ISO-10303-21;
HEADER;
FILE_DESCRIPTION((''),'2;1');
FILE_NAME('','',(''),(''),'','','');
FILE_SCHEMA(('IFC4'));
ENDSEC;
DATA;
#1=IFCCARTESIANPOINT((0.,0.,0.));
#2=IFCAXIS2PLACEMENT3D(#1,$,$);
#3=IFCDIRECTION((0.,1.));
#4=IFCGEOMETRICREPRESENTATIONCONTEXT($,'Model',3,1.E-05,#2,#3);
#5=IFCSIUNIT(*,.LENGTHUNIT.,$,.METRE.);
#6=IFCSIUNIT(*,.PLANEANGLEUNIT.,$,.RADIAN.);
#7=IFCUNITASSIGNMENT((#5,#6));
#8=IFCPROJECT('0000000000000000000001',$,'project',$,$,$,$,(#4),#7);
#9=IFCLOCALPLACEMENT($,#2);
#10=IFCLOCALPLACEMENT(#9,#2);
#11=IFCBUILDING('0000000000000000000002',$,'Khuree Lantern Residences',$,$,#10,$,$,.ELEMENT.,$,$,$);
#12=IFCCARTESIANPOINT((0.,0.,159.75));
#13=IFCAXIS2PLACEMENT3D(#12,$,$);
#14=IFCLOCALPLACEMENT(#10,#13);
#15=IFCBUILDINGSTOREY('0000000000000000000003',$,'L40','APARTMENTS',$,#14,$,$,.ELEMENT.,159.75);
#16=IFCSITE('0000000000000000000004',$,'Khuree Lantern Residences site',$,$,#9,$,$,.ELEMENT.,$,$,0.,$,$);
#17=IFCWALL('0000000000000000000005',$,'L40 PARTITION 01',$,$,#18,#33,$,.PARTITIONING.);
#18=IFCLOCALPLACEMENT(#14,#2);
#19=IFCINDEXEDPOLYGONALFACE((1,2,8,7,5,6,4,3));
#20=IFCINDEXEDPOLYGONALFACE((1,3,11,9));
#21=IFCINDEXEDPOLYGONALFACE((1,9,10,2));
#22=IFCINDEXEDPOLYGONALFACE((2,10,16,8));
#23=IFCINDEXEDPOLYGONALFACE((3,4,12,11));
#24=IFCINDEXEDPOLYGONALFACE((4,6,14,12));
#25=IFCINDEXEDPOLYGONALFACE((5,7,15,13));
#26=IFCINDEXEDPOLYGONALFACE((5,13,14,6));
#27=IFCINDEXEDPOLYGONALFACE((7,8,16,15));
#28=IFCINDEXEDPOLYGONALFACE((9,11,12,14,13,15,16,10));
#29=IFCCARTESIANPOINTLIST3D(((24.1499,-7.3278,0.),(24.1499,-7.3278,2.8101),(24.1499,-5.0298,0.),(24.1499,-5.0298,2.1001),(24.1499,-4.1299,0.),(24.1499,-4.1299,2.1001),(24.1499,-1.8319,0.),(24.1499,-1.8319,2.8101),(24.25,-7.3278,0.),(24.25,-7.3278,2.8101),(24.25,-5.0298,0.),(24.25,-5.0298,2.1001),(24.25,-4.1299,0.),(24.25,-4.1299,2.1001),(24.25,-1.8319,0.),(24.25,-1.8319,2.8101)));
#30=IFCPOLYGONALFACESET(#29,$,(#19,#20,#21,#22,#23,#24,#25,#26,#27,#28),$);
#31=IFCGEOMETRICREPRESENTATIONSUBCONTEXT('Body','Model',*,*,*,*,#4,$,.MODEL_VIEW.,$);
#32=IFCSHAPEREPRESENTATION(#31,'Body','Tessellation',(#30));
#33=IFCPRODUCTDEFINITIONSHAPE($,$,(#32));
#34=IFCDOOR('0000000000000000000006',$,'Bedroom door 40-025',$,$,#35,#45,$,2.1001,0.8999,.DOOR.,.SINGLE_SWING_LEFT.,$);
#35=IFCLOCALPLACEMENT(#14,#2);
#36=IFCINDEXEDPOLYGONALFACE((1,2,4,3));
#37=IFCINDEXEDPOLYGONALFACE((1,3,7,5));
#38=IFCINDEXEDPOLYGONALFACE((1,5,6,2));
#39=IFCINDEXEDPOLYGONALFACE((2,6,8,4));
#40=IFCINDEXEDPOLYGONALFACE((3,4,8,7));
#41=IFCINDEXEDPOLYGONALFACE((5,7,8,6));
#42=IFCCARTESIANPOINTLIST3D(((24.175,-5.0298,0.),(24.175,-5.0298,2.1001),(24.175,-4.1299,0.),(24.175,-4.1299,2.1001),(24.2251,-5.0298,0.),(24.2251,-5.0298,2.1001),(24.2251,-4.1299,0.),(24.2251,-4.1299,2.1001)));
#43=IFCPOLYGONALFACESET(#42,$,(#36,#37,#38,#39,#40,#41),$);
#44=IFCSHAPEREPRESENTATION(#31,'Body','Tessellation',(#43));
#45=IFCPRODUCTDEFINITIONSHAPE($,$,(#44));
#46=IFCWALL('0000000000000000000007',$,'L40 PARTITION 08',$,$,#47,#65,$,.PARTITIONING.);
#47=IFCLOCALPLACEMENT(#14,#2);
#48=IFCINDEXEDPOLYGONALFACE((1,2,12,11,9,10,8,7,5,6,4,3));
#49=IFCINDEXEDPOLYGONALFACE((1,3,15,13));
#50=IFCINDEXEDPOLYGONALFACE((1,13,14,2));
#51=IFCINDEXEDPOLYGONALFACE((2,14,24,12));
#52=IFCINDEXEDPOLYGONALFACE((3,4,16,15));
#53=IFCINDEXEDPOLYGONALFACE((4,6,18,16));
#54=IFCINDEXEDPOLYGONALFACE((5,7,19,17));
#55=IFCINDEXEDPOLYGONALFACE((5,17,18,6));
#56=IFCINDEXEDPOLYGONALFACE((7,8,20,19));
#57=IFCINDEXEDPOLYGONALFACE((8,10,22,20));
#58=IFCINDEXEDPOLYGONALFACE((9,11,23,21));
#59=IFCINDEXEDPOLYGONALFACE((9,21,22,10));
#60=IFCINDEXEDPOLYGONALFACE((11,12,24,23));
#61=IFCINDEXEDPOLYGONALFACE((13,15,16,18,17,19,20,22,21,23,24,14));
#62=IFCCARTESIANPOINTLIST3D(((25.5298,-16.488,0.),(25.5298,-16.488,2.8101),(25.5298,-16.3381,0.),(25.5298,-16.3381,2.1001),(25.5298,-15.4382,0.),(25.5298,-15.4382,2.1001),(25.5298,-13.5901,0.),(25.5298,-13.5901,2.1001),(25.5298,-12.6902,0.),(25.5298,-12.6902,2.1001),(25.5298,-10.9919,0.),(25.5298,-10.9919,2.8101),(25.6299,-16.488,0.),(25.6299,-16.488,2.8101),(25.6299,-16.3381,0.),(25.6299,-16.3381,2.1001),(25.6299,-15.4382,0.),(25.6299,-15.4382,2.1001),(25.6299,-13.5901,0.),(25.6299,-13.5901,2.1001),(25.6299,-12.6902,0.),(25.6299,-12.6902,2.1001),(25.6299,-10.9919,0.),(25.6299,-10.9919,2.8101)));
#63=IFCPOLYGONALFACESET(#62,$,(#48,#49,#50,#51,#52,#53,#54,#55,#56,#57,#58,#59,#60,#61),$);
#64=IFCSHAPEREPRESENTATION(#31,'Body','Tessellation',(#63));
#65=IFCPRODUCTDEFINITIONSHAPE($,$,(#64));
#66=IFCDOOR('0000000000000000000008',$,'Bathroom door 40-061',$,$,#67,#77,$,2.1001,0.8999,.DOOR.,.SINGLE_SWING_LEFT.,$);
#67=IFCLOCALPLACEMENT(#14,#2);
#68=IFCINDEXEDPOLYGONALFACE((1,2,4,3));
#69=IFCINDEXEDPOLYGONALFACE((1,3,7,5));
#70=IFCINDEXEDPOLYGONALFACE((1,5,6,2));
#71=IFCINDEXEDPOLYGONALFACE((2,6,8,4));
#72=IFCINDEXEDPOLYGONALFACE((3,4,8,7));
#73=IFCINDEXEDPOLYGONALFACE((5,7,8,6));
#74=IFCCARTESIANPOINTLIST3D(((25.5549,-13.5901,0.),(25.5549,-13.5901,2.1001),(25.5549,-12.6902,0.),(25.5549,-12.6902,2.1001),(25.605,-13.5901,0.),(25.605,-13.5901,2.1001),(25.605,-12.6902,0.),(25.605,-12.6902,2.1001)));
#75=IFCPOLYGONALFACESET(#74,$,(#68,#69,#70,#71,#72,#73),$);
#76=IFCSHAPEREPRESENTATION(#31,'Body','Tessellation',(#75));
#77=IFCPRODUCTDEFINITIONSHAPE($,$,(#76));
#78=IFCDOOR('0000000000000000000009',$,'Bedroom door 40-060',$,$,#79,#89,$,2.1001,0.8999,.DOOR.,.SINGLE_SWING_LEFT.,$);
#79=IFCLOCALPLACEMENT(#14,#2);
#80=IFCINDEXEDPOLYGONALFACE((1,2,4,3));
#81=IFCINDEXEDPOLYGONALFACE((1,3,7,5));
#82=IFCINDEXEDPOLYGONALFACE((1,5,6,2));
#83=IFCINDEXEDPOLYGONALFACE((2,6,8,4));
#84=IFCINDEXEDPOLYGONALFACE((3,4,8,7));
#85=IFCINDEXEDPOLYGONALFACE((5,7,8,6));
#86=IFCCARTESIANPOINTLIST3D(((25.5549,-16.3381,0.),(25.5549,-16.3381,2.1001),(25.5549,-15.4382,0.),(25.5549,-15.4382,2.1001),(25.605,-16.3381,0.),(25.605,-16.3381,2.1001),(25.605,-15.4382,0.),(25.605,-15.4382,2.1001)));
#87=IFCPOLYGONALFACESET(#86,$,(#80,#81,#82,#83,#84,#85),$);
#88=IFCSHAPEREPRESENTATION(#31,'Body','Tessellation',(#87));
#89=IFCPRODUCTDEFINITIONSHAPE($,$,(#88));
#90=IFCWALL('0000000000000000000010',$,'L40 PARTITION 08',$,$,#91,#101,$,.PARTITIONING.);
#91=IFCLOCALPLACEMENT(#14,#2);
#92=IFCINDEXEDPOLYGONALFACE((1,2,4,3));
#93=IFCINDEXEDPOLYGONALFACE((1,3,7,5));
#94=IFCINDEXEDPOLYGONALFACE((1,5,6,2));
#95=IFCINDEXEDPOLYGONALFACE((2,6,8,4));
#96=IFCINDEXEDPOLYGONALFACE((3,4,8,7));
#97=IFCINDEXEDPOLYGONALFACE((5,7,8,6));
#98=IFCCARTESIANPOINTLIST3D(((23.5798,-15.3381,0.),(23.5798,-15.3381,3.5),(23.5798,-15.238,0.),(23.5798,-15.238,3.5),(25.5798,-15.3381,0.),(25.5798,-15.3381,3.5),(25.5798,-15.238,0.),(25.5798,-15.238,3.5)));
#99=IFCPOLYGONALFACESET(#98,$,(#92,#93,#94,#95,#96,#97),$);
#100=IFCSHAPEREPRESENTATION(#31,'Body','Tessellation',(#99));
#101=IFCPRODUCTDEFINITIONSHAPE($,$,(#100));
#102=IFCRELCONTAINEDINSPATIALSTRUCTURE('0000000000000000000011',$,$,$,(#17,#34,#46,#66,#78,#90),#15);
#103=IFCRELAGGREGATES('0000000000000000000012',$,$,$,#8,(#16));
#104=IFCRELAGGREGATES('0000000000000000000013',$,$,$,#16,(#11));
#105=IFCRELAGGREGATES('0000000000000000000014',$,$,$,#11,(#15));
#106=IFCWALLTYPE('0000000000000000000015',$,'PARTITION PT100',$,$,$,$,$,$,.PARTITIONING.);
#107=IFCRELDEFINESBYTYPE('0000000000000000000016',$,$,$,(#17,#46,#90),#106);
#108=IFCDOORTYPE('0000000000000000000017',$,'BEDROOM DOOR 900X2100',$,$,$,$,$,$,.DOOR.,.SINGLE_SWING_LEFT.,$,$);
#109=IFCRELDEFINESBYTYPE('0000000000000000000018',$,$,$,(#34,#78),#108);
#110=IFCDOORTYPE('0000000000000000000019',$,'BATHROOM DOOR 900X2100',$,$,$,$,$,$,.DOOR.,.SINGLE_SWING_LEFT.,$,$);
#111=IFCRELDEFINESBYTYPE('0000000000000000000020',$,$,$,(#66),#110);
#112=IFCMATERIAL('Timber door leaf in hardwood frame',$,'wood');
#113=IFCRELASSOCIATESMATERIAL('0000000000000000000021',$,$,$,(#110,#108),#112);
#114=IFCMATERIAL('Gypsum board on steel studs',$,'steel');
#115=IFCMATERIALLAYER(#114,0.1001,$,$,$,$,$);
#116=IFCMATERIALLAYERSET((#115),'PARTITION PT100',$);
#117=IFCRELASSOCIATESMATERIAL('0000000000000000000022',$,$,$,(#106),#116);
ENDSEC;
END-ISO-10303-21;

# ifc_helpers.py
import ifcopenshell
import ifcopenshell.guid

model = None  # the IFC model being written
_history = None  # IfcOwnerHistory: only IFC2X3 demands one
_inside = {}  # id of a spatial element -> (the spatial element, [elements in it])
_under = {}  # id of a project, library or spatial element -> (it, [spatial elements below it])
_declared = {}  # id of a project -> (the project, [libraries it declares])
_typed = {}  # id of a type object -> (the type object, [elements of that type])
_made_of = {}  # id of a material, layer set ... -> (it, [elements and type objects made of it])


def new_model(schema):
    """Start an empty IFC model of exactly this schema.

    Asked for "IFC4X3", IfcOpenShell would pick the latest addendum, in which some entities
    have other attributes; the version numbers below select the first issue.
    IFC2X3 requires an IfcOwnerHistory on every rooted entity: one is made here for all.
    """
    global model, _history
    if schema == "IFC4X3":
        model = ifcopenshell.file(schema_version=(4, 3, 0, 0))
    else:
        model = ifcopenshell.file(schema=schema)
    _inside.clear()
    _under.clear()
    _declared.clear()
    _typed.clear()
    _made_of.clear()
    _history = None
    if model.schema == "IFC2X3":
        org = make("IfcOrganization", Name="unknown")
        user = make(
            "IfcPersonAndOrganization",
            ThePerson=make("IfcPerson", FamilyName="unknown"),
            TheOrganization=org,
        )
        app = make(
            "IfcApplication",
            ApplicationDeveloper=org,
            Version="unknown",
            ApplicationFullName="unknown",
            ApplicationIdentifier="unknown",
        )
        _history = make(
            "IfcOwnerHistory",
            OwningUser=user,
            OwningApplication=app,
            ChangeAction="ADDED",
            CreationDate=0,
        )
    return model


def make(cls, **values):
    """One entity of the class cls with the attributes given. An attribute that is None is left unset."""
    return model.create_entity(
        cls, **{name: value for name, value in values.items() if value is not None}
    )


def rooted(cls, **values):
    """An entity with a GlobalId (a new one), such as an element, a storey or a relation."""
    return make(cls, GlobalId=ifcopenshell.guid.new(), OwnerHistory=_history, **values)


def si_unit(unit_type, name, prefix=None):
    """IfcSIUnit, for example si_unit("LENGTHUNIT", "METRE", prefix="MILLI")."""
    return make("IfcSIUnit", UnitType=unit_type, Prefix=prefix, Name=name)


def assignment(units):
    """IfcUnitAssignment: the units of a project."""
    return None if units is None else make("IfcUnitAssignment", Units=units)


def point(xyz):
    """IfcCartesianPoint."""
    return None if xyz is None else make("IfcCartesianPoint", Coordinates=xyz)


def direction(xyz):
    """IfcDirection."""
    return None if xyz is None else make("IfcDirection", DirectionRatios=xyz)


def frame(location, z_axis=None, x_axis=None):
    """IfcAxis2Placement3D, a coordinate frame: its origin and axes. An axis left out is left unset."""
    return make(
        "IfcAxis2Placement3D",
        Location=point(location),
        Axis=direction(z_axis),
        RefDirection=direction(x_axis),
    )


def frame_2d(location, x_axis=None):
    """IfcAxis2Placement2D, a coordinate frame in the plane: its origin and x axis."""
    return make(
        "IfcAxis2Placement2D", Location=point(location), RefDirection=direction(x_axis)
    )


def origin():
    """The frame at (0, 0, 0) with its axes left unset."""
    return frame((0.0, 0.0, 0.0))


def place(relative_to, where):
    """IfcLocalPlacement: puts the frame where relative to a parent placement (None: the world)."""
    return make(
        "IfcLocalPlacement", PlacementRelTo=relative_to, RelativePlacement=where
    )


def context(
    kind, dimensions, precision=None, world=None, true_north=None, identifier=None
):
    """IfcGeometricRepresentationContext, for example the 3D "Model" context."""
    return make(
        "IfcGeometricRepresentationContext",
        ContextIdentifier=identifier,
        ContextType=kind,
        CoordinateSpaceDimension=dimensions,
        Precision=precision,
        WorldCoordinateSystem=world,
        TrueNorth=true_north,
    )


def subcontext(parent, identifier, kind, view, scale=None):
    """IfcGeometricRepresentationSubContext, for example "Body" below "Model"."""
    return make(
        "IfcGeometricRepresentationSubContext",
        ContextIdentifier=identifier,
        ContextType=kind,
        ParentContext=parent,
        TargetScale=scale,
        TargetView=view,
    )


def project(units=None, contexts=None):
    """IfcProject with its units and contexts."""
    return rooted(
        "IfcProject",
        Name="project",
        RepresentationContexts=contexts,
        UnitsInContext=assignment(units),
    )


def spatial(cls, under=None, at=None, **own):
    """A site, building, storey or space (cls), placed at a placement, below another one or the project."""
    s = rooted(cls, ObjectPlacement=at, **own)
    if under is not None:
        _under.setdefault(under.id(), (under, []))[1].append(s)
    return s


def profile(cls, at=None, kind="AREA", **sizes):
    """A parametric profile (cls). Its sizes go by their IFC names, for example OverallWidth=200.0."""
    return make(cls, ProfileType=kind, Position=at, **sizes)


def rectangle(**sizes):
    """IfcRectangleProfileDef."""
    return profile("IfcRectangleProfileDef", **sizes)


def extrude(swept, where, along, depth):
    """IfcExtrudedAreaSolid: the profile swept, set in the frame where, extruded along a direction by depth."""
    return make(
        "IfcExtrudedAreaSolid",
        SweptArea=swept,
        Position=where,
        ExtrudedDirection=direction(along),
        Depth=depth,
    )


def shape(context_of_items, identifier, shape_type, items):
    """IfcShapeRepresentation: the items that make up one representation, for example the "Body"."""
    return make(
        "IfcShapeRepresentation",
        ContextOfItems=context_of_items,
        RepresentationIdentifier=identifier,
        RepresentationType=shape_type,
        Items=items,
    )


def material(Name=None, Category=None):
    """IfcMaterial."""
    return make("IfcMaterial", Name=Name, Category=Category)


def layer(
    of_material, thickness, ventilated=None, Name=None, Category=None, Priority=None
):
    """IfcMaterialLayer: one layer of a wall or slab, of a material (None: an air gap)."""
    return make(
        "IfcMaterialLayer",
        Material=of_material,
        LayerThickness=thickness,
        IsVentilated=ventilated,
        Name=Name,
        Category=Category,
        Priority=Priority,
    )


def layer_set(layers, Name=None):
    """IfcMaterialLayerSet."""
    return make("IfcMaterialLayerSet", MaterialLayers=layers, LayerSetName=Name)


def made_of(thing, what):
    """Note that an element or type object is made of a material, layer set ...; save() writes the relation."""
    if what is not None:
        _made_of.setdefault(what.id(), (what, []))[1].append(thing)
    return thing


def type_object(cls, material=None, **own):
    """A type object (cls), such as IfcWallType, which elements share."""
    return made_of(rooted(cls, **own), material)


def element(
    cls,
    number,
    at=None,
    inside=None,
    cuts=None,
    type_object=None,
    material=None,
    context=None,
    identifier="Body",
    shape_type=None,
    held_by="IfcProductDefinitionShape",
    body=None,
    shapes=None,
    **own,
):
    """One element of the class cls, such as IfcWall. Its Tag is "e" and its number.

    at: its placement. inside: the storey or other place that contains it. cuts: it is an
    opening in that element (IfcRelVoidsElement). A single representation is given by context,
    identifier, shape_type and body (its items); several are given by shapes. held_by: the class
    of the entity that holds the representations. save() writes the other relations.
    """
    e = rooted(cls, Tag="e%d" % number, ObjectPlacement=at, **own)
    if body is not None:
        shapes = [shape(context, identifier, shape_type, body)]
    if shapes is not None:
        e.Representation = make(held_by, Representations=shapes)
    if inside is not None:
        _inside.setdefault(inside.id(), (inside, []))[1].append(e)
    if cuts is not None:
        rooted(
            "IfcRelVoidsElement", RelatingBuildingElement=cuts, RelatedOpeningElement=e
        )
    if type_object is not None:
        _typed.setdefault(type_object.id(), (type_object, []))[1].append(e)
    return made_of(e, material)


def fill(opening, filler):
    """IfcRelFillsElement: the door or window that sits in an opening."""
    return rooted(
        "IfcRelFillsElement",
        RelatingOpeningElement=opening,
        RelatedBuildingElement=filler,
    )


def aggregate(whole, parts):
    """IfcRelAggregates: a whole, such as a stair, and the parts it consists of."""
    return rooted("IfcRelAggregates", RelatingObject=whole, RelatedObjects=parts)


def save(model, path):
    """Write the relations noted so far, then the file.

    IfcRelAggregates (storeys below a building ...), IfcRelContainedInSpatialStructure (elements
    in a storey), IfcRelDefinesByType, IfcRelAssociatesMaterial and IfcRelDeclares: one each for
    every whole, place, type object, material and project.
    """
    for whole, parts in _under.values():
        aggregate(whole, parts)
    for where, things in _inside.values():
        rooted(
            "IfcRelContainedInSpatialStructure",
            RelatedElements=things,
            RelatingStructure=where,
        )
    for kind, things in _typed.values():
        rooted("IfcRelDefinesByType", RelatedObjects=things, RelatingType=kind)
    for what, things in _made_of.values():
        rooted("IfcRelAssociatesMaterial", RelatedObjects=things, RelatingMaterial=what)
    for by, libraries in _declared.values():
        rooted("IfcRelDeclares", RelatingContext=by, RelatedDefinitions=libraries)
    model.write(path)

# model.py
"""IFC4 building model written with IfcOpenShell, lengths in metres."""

from ifc_helpers import new_model, si_unit, direction, frame, frame_2d, origin, place, context, subcontext, project, spatial, rectangle, extrude, material, layer, layer_set, type_object, element, fill, save


model = new_model("IFC4")

# Units and contexts
model_context = context("Model", 3, precision=1e-05, world=origin(), true_north=direction((0.0, 1.0)))
body_context = subcontext(model_context, "Body", "Model", "MODEL_VIEW")
ifc_project = project(units=[si_unit("LENGTHUNIT", "METRE"), si_unit("PLANEANGLEUNIT", "RADIAN")], contexts=[model_context])

# Site, building, storey
site_placement = place(None, origin())
site = spatial("IfcSite", under=ifc_project, at=site_placement, Name="Khuree Lantern Residences site", CompositionType="ELEMENT", RefElevation=0.0)
building_placement = place(site_placement, origin())
building = spatial("IfcBuilding", under=site, at=building_placement, Name="Khuree Lantern Residences", CompositionType="ELEMENT")
storey_placement = place(building_placement, frame((0.0, 0.0, 159.75)))
storey = spatial("IfcBuildingStorey", under=building, at=storey_placement, Name="L40", Description="APARTMENTS", CompositionType="ELEMENT", Elevation=159.75)

# Shared definitions
ifc_material_1 = material(Name="Timber door leaf in hardwood frame", Category="wood")
door_type_1 = type_object("IfcDoorType", Name="BATHROOM DOOR 900X2100", OperationType="SINGLE_SWING_LEFT", PredefinedType="DOOR", material=ifc_material_1)

# Shared definitions
ifc_material_2 = material(Name="Gypsum board on steel studs", Category="steel")

# Shared definitions
ifc_layer_1 = layer(ifc_material_2, 0.1001)
ifc_layer_set_1 = layer_set([ifc_layer_1], Name="PARTITION PT100")
wall_type_1 = type_object("IfcWallType", Name="PARTITION PT100", PredefinedType="PARTITIONING", material=ifc_layer_set_1)

# Wall, opening, door
wall_1_placement = place(storey_placement, frame((24.2, -7.3279, 0.0), z_axis=(0.0, 0.0, 1.0), x_axis=(0.0, 1.0, 0.0)))
wall_1 = element("IfcWall", 1, at=wall_1_placement, inside=storey, type_object=wall_type_1, Name="L40 PARTITION 01", PredefinedType="PARTITIONING", context=body_context, shape_type="SweptSolid", body=[
    extrude(rectangle(XDim=5.4958, YDim=0.1001, at=frame_2d((2.748, 0.0))), origin(), (0.0, 0.0, 1.0), 2.8101),
])
opening_1_placement = place(wall_1_placement, frame((2.2981, 0.0, 0.0)))
opening_1 = element("IfcOpeningElement", 2, at=opening_1_placement, cuts=wall_1, PredefinedType="OPENING", context=body_context, shape_type="SweptSolid", body=[
    extrude(rectangle(XDim=0.8999, YDim=2.1001, at=frame_2d((0.45, 1.05))), frame((0.0, 0.0601, 0.0), z_axis=(0.0, -1.0, 0.0), x_axis=(1.0, 0.0, 0.0)), (0.0, 0.0, 1.0), 0.1201),
])
door_type_2 = type_object("IfcDoorType", Name="BEDROOM DOOR 900X2100", OperationType="SINGLE_SWING_LEFT", PredefinedType="DOOR", material=ifc_material_1)
door_1_placement = place(opening_1_placement, origin())
door_1 = element("IfcDoor", 3, at=door_1_placement, inside=storey, type_object=door_type_2, Name="Bedroom door 40-025", OperationType="SINGLE_SWING_LEFT", OverallHeight=2.1001, OverallWidth=0.8999, PredefinedType="DOOR", context=body_context, shape_type="SweptSolid", body=[
    extrude(rectangle(XDim=0.8999, YDim=2.1001, at=frame_2d((0.45, 1.05))), frame((0.0, 0.0249, 0.0), z_axis=(0.0, -1.0, 0.0), x_axis=(1.0, 0.0, 0.0)), (0.0, 0.0, 1.0), 0.05),
])
fill(opening_1, door_1)

# Wall, openings, doors
wall_2_placement = place(storey_placement, frame((25.5798, -16.488, 0.0), z_axis=(0.0, 0.0, 1.0), x_axis=(0.0, 1.0, 0.0)))
wall_2 = element("IfcWall", 4, at=wall_2_placement, inside=storey, type_object=wall_type_1, Name="L40 PARTITION 08", PredefinedType="PARTITIONING", context=body_context, shape_type="SweptSolid", body=[
    extrude(rectangle(XDim=5.4961, YDim=0.1001, at=frame_2d((2.748, 0.0))), origin(), (0.0, 0.0, 1.0), 2.8101),
])
opening_2_placement = place(wall_2_placement, frame((0.1499, 0.0, 0.0)))
opening_2 = element("IfcOpeningElement", 5, at=opening_2_placement, cuts=wall_2, PredefinedType="OPENING", context=body_context, shape_type="SweptSolid", body=[
    extrude(rectangle(XDim=0.8999, YDim=2.1001, at=frame_2d((0.45, 1.05))), frame((0.0, 0.0601, 0.0), z_axis=(0.0, -1.0, 0.0), x_axis=(1.0, 0.0, 0.0)), (0.0, 0.0, 1.0), 0.1201),
])
opening_3_placement = place(wall_2_placement, frame((2.8979, 0.0, 0.0)))
opening_3 = element("IfcOpeningElement", 6, at=opening_3_placement, cuts=wall_2, PredefinedType="OPENING", context=body_context, shape_type="SweptSolid", body=[
    extrude(rectangle(XDim=0.8999, YDim=2.1001, at=frame_2d((0.45, 1.05))), frame((0.0, 0.0601, 0.0), z_axis=(0.0, -1.0, 0.0), x_axis=(1.0, 0.0, 0.0)), (0.0, 0.0, 1.0), 0.1201),
])
door_2_placement = place(opening_3_placement, origin())
door_2 = element("IfcDoor", 7, at=door_2_placement, inside=storey, type_object=door_type_1, Name="Bathroom door 40-061", OperationType="SINGLE_SWING_LEFT", OverallHeight=2.1001, OverallWidth=0.8999, PredefinedType="DOOR", context=body_context, shape_type="SweptSolid", body=[
    extrude(rectangle(XDim=0.8999, YDim=2.1001, at=frame_2d((0.45, 1.05))), frame((0.0, 0.0249, 0.0), z_axis=(0.0, -1.0, 0.0), x_axis=(1.0, 0.0, 0.0)), (0.0, 0.0, 1.0), 0.05),
])
fill(opening_3, door_2)
door_3_placement = place(opening_2_placement, origin())
door_3 = element("IfcDoor", 8, at=door_3_placement, inside=storey, type_object=door_type_2, Name="Bedroom door 40-060", OperationType="SINGLE_SWING_LEFT", OverallHeight=2.1001, OverallWidth=0.8999, PredefinedType="DOOR", context=body_context, shape_type="SweptSolid", body=[
    extrude(rectangle(XDim=0.8999, YDim=2.1001, at=frame_2d((0.45, 1.05))), frame((0.0, 0.0249, 0.0), z_axis=(0.0, -1.0, 0.0), x_axis=(1.0, 0.0, 0.0)), (0.0, 0.0, 1.0), 0.05),
])
fill(opening_2, door_3)

# Wall
wall_3_placement = place(storey_placement, frame((23.5798, -15.2881, 0.0), z_axis=(0.0, 0.0, 1.0), x_axis=(1.0, 0.0, 0.0)))
element("IfcWall", 9, at=wall_3_placement, inside=storey, type_object=wall_type_1, Name="L40 PARTITION 08", PredefinedType="PARTITIONING", context=body_context, shape_type="SweptSolid", body=[
    extrude(rectangle(XDim=2.0, YDim=0.1001, at=frame_2d((1.0, 0.0))), origin(), (0.0, 0.0, 1.0), 3.5),
])

save(model, "model.ifc")
